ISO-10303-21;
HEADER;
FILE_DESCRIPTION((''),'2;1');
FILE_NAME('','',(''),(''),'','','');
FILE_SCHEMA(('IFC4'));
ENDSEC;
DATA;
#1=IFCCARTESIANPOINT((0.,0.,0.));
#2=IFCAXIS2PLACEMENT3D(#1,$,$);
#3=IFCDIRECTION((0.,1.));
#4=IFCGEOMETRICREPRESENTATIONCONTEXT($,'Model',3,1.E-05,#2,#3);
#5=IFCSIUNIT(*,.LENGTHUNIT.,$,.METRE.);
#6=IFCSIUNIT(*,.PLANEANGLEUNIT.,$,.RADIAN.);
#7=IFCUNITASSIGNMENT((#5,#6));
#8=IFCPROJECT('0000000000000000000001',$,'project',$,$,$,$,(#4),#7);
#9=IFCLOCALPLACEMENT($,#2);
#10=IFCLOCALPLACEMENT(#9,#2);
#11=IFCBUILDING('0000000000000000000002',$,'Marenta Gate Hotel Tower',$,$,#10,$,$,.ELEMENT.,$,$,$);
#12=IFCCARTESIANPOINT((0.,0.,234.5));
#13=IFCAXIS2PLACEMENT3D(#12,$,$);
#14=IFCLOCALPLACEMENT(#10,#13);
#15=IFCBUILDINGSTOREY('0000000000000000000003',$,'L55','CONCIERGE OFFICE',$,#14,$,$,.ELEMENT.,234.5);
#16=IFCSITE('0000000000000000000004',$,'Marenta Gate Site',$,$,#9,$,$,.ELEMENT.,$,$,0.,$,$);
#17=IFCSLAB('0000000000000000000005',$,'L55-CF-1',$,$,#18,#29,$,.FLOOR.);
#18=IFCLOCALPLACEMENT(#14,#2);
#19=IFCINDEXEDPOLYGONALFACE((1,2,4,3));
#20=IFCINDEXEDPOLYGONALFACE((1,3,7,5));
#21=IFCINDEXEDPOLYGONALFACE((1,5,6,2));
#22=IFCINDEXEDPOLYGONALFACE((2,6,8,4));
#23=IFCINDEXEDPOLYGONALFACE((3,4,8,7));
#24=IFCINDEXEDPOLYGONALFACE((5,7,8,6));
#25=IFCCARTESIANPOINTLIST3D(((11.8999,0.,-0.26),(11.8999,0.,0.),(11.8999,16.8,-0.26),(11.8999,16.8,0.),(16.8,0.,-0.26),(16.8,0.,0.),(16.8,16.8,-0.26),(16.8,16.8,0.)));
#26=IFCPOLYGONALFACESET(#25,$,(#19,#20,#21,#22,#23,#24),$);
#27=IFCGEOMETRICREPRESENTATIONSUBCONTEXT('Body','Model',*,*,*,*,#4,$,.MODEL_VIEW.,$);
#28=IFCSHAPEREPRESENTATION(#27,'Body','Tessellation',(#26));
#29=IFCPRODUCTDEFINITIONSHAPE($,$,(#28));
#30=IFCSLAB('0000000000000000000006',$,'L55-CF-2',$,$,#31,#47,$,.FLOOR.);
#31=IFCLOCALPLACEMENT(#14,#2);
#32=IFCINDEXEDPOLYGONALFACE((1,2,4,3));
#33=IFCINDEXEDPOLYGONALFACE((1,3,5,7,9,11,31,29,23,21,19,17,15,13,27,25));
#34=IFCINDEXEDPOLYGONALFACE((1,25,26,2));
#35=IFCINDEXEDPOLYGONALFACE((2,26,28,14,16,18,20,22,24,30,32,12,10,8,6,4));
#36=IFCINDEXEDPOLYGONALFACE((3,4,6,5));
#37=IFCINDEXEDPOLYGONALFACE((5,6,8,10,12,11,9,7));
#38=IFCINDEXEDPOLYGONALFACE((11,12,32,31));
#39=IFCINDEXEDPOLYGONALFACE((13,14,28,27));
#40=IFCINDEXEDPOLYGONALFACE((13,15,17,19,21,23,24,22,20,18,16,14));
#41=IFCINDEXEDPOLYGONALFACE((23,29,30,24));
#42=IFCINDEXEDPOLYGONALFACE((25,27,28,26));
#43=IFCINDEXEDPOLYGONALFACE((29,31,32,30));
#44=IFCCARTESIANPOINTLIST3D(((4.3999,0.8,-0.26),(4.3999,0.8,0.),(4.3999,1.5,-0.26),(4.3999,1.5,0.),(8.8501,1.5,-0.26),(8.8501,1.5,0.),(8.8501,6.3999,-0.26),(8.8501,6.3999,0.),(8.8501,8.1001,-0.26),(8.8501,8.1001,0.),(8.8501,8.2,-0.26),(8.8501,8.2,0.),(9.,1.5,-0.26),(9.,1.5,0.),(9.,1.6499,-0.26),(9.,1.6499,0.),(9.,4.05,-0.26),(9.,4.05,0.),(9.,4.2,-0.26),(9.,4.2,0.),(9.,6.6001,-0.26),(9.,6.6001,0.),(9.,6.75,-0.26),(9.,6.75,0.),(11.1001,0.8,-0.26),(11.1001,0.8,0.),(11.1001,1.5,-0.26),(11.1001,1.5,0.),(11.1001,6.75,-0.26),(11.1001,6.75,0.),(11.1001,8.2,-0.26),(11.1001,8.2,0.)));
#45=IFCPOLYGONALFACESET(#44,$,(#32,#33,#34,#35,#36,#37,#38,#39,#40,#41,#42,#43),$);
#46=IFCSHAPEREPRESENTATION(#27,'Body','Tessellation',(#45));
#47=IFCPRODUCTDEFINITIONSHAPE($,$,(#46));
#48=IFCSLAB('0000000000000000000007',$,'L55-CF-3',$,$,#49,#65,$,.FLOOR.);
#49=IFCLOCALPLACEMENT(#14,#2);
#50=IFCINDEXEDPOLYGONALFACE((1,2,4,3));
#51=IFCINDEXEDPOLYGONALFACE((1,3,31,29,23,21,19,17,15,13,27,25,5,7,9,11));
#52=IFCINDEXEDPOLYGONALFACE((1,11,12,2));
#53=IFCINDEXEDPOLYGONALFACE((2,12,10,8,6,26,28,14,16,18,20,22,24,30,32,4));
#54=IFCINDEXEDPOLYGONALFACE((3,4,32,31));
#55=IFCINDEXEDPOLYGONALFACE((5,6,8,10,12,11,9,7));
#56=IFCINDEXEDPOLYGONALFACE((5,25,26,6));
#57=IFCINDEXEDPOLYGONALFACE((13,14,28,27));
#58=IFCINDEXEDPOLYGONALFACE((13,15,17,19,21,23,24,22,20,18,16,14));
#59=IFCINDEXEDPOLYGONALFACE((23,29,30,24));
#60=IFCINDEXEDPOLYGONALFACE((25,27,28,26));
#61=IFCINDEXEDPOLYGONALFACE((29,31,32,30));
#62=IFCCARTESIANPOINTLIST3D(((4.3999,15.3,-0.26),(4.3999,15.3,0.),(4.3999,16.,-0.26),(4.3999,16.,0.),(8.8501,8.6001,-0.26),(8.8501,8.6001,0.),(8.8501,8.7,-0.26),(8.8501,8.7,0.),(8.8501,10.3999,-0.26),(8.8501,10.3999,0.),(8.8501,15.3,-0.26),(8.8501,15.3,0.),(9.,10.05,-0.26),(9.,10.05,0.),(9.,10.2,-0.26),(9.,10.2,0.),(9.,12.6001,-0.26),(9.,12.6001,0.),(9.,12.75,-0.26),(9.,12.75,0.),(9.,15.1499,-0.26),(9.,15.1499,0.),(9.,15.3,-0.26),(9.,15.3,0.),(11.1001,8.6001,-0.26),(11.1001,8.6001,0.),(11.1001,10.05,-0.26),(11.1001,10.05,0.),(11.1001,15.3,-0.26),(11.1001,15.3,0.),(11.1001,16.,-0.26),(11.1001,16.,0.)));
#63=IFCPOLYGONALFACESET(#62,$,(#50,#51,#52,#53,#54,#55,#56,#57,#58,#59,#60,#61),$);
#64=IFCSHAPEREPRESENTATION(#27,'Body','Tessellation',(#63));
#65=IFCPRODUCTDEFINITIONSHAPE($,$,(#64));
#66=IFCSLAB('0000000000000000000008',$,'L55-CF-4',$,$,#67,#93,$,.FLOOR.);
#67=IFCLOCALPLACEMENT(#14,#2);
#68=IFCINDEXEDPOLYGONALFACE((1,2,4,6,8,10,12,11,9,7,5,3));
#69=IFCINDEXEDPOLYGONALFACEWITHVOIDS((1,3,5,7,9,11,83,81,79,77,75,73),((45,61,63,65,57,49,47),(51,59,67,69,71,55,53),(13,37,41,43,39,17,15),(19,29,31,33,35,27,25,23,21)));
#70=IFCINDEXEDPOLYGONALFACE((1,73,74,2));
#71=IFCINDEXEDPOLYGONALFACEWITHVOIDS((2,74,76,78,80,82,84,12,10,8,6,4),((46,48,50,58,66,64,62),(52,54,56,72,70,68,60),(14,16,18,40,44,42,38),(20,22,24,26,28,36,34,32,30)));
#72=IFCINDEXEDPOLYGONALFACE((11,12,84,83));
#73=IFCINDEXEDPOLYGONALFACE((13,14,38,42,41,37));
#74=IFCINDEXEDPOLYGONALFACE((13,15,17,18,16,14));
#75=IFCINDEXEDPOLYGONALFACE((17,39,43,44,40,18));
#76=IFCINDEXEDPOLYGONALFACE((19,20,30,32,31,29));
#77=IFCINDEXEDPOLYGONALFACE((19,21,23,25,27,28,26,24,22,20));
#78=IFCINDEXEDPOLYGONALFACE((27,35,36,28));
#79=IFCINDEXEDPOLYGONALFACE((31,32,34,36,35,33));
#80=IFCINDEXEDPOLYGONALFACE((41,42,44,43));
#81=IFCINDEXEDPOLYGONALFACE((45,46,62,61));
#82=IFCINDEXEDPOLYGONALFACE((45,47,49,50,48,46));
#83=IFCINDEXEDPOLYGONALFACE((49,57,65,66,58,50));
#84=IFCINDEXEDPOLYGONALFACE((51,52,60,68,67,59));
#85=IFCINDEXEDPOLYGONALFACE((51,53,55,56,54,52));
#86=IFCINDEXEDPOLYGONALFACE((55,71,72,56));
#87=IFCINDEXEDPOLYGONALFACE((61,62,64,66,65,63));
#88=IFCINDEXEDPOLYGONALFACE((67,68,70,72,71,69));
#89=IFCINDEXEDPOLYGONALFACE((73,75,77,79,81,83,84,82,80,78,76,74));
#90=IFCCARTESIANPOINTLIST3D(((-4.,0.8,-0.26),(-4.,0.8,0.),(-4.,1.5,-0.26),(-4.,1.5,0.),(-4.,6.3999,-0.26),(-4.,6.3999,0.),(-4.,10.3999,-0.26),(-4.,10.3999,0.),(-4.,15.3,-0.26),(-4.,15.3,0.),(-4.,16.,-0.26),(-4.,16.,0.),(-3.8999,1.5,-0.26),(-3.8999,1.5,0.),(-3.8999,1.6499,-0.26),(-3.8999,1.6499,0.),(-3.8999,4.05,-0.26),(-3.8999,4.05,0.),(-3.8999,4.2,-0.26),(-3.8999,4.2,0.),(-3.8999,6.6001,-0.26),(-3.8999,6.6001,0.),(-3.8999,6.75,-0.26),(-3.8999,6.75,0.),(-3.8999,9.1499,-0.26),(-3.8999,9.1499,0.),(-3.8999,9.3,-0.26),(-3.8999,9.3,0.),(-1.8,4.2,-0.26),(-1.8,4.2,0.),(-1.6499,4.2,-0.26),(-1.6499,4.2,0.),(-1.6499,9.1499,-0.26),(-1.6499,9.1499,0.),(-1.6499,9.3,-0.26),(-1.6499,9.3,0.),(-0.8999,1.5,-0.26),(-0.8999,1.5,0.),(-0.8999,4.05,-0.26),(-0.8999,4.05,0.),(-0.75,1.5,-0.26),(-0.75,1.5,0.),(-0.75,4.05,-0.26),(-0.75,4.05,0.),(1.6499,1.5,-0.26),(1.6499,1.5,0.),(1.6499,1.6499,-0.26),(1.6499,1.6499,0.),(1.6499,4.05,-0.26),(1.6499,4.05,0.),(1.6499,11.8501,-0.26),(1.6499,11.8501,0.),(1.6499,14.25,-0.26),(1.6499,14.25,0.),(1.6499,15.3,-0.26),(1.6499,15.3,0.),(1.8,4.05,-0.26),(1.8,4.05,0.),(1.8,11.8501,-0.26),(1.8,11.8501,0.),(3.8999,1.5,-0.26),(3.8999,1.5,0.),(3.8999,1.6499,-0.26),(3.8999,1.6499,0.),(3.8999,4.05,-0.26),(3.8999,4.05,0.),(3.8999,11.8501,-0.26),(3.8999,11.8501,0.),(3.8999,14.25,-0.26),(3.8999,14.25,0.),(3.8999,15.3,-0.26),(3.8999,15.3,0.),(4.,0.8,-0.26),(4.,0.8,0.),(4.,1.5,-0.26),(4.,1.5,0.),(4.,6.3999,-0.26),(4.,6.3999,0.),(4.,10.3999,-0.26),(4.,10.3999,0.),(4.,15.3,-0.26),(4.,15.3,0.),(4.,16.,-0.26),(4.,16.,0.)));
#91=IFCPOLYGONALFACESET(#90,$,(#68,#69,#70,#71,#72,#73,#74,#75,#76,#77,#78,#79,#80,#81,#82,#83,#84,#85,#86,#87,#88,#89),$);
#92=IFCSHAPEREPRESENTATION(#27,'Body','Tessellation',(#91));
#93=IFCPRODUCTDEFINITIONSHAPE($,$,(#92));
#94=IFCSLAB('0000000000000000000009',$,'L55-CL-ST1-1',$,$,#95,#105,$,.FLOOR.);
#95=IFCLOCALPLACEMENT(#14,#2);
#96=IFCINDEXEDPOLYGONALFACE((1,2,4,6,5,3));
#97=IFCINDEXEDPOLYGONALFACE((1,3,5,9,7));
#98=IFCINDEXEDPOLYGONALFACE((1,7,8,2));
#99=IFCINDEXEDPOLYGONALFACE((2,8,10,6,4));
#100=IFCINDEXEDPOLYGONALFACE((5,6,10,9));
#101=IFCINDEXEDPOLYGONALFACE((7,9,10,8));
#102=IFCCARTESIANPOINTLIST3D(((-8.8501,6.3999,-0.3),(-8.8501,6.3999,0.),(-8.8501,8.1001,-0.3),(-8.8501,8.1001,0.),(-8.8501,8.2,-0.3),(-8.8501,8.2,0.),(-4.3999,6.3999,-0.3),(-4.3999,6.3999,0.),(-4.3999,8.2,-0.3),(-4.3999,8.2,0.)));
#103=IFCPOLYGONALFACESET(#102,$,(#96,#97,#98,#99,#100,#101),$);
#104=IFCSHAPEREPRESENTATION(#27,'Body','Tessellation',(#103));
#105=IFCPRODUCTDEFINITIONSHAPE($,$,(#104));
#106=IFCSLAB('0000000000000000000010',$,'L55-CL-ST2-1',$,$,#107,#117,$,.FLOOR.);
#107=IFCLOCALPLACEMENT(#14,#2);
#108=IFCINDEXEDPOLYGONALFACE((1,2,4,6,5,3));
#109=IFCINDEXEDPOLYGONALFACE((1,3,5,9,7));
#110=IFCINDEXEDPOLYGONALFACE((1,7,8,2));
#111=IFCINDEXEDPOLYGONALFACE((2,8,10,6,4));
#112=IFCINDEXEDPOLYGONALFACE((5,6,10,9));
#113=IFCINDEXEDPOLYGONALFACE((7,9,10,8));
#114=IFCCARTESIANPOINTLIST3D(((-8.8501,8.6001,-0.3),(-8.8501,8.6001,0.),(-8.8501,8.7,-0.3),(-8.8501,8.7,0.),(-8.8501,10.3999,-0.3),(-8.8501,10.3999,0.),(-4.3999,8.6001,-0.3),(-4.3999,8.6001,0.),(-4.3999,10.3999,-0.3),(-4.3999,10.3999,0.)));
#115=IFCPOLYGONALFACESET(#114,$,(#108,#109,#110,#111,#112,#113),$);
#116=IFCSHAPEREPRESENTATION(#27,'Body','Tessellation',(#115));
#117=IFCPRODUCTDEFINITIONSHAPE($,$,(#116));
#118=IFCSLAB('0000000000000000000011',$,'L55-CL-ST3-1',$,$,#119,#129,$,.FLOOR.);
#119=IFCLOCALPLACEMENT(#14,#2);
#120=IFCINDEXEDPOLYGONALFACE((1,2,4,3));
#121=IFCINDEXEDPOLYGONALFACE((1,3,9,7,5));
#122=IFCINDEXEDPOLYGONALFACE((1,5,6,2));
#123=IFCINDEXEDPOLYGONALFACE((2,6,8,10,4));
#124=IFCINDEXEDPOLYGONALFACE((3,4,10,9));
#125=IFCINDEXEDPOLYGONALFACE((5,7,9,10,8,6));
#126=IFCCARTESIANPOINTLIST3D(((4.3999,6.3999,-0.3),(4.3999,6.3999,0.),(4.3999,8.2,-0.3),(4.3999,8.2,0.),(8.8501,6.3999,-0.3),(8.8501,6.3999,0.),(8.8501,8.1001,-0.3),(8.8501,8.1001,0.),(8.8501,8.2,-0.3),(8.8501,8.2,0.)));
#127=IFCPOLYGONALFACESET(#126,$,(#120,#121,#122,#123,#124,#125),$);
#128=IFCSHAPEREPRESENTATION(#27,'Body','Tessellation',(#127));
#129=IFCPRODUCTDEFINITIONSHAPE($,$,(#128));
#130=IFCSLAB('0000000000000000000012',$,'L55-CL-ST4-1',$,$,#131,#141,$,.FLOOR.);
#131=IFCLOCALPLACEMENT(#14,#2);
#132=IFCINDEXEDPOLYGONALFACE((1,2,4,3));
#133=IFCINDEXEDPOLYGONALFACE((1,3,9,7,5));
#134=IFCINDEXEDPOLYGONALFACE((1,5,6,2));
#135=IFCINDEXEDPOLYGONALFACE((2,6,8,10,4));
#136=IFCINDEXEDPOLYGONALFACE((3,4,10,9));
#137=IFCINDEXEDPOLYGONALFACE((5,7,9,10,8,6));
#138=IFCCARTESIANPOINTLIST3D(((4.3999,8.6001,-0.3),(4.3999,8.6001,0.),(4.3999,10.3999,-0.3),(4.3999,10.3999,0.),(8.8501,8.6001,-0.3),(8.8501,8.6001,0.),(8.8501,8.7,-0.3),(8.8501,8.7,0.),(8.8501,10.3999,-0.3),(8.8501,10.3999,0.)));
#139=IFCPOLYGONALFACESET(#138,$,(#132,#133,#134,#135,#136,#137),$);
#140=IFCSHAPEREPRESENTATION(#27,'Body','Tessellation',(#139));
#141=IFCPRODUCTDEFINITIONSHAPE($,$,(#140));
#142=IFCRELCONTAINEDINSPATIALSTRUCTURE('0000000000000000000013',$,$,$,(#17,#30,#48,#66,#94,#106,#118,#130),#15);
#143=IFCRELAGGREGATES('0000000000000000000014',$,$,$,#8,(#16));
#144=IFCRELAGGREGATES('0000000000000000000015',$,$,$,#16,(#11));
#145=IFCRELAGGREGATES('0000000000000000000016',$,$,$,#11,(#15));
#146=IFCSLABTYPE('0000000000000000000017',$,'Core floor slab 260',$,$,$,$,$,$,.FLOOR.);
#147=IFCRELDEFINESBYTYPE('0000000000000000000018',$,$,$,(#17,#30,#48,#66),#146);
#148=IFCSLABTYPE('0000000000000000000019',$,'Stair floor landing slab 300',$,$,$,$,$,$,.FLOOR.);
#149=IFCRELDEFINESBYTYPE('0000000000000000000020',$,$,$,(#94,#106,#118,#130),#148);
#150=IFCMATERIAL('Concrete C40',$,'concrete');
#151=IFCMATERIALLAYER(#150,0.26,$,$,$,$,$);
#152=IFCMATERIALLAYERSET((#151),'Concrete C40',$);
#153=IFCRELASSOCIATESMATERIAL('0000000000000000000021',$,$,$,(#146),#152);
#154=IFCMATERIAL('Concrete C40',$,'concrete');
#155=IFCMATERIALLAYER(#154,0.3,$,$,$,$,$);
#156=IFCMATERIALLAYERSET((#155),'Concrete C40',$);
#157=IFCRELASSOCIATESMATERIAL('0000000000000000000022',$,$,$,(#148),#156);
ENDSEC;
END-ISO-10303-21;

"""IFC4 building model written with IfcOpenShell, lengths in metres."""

from ifc_helpers import new_model, si_unit, direction, frame, origin, place, context, subcontext, project, spatial, polyline, outline, extrude, material, layer, layer_set, type_object, element, save


model = new_model("IFC4")

# Units and contexts
model_context = context("Model", 3, precision=1e-05, world=origin(), true_north=direction((0.0, 1.0)))
body_context = subcontext(model_context, "Body", "Model", "MODEL_VIEW")
ifc_project = project(units=[si_unit("LENGTHUNIT", "METRE"), si_unit("PLANEANGLEUNIT", "RADIAN")], contexts=[model_context])

# Site, building, storey
site_placement = place(None, origin())
site = spatial("IfcSite", under=ifc_project, at=site_placement, Name="Marenta Gate Site", CompositionType="ELEMENT", RefElevation=0.0)
building_placement = place(site_placement, origin())
building = spatial("IfcBuilding", under=site, at=building_placement, Name="Marenta Gate Hotel Tower", CompositionType="ELEMENT")
storey_placement = place(building_placement, frame((0.0, 0.0, 234.5)))
storey = spatial("IfcBuildingStorey", under=building, at=storey_placement, Name="L55", Description="CONCIERGE OFFICE", CompositionType="ELEMENT", Elevation=234.5)

# Slabs
ifc_material_1 = material(Name="Concrete C40", Category="concrete")
ifc_layer_1 = layer(ifc_material_1, 0.26)
ifc_layer_set_1 = layer_set([ifc_layer_1], Name="Concrete C40")
slab_type_1 = type_object("IfcSlabType", Name="Core floor slab 260", PredefinedType="FLOOR", material=ifc_layer_set_1)
slab_1_placement = place(storey_placement, frame((0.0, 0.0, -0.26)))
element("IfcSlab", 1, at=slab_1_placement, inside=storey, type_object=slab_type_1, Name="L55-CF-1", PredefinedType="FLOOR", context=body_context, shape_type="SweptSolid", body=[
    extrude(outline(polyline([(11.8999, 0.0), (11.8999, 16.8), (16.8, 16.8), (16.8, 0.0), (11.8999, 0.0)])), origin(), (0.0, 0.0, 1.0), 0.26),
])
slab_2_placement = place(storey_placement, frame((0.0, 0.0, -0.26)))
element("IfcSlab", 2, at=slab_2_placement, inside=storey, type_object=slab_type_1, Name="L55-CF-2", PredefinedType="FLOOR", context=body_context, shape_type="SweptSolid", body=[
    extrude(outline(polyline([(8.8501, 1.5), (8.8501, 6.3999), (8.8501, 8.1001), (8.8501, 8.2), (11.1001, 8.2), (11.1001, 6.75), (9.0, 6.75), (9.0, 6.6001), (9.0, 4.2), (9.0, 4.05), (9.0, 1.6499), (9.0, 1.5), (11.1001, 1.5), (11.1001, 0.8), (4.3999, 0.8), (4.3999, 1.5), (8.8501, 1.5)])), origin(), (0.0, 0.0, 1.0), 0.26),
])
slab_3_placement = place(storey_placement, frame((0.0, 0.0, -0.26)))
element("IfcSlab", 3, at=slab_3_placement, inside=storey, type_object=slab_type_1, Name="L55-CF-3", PredefinedType="FLOOR", context=body_context, shape_type="SweptSolid", body=[
    extrude(outline(polyline([(8.8501, 15.3), (4.3999, 15.3), (4.3999, 16.0), (11.1001, 16.0), (11.1001, 15.3), (9.0, 15.3), (9.0, 15.1499), (9.0, 12.75), (9.0, 12.6001), (9.0, 10.2), (9.0, 10.05), (11.1001, 10.05), (11.1001, 8.6001), (8.8501, 8.6001), (8.8501, 8.7), (8.8501, 10.3999), (8.8501, 15.3)])), origin(), (0.0, 0.0, 1.0), 0.26),
])
slab_4_placement = place(storey_placement, frame((0.0, 0.0, -0.26)))
element("IfcSlab", 4, at=slab_4_placement, inside=storey, type_object=slab_type_1, Name="L55-CF-4", PredefinedType="FLOOR", context=body_context, shape_type="SweptSolid", body=[
    extrude(outline(polyline([(4.0, 15.3), (4.0, 10.3999), (4.0, 6.3999), (4.0, 1.5), (4.0, 0.8), (-4.0, 0.8), (-4.0, 1.5), (-4.0, 6.3999), (-4.0, 10.3999), (-4.0, 15.3), (-4.0, 16.0), (4.0, 16.0), (4.0, 15.3)]), holes=[polyline([(1.6499, 14.25), (1.6499, 11.8501), (1.8, 11.8501), (3.8999, 11.8501), (3.8999, 14.25), (3.8999, 15.3), (1.6499, 15.3), (1.6499, 14.25)]), polyline([(3.8999, 1.6499), (3.8999, 4.05), (1.8, 4.05), (1.6499, 4.05), (1.6499, 1.6499), (1.6499, 1.5), (3.8999, 1.5), (3.8999, 1.6499)]), polyline([(-3.8999, 1.6499), (-3.8999, 1.5), (-0.8999, 1.5), (-0.75, 1.5), (-0.75, 4.05), (-0.8999, 4.05), (-3.8999, 4.05), (-3.8999, 1.6499)]), polyline([(-1.8, 4.2), (-1.6499, 4.2), (-1.6499, 9.1499), (-1.6499, 9.3), (-3.8999, 9.3), (-3.8999, 9.1499), (-3.8999, 6.75), (-3.8999, 6.6001), (-3.8999, 4.2), (-1.8, 4.2)])]), origin(), (0.0, 0.0, 1.0), 0.26),
])
ifc_material_2 = material(Name="Concrete C40", Category="concrete")
ifc_layer_2 = layer(ifc_material_2, 0.3)
ifc_layer_set_2 = layer_set([ifc_layer_2], Name="Concrete C40")
slab_type_2 = type_object("IfcSlabType", Name="Stair floor landing slab 300", PredefinedType="FLOOR", material=ifc_layer_set_2)
slab_5_placement = place(storey_placement, frame((0.0, 0.0, -0.3)))
element("IfcSlab", 5, at=slab_5_placement, inside=storey, type_object=slab_type_2, Name="L55-CL-ST1-1", PredefinedType="FLOOR", context=body_context, shape_type="SweptSolid", body=[
    extrude(outline(polyline([(-4.3999, 6.3999), (-8.8501, 6.3999), (-8.8501, 8.1001), (-8.8501, 8.2), (-4.3999, 8.2), (-4.3999, 6.3999)])), origin(), (0.0, 0.0, 1.0), 0.3),
])
slab_6_placement = place(storey_placement, frame((0.0, 0.0, -0.3)))
element("IfcSlab", 6, at=slab_6_placement, inside=storey, type_object=slab_type_2, Name="L55-CL-ST2-1", PredefinedType="FLOOR", context=body_context, shape_type="SweptSolid", body=[
    extrude(outline(polyline([(-4.3999, 8.6001), (-8.8501, 8.6001), (-8.8501, 8.7), (-8.8501, 10.3999), (-4.3999, 10.3999), (-4.3999, 8.6001)])), origin(), (0.0, 0.0, 1.0), 0.3),
])
slab_7_placement = place(storey_placement, frame((0.0, 0.0, -0.3)))
element("IfcSlab", 7, at=slab_7_placement, inside=storey, type_object=slab_type_2, Name="L55-CL-ST3-1", PredefinedType="FLOOR", context=body_context, shape_type="SweptSolid", body=[
    extrude(outline(polyline([(4.3999, 6.3999), (4.3999, 8.2), (8.8501, 8.2), (8.8501, 8.1001), (8.8501, 6.3999), (4.3999, 6.3999)])), origin(), (0.0, 0.0, 1.0), 0.3),
])
slab_8_placement = place(storey_placement, frame((0.0, 0.0, -0.3)))
element("IfcSlab", 8, at=slab_8_placement, inside=storey, type_object=slab_type_2, Name="L55-CL-ST4-1", PredefinedType="FLOOR", context=body_context, shape_type="SweptSolid", body=[
    extrude(outline(polyline([(4.3999, 8.6001), (4.3999, 10.3999), (8.8501, 10.3999), (8.8501, 8.7), (8.8501, 8.6001), (4.3999, 8.6001)])), origin(), (0.0, 0.0, 1.0), 0.3),
])

save(model, "model.ifc")
